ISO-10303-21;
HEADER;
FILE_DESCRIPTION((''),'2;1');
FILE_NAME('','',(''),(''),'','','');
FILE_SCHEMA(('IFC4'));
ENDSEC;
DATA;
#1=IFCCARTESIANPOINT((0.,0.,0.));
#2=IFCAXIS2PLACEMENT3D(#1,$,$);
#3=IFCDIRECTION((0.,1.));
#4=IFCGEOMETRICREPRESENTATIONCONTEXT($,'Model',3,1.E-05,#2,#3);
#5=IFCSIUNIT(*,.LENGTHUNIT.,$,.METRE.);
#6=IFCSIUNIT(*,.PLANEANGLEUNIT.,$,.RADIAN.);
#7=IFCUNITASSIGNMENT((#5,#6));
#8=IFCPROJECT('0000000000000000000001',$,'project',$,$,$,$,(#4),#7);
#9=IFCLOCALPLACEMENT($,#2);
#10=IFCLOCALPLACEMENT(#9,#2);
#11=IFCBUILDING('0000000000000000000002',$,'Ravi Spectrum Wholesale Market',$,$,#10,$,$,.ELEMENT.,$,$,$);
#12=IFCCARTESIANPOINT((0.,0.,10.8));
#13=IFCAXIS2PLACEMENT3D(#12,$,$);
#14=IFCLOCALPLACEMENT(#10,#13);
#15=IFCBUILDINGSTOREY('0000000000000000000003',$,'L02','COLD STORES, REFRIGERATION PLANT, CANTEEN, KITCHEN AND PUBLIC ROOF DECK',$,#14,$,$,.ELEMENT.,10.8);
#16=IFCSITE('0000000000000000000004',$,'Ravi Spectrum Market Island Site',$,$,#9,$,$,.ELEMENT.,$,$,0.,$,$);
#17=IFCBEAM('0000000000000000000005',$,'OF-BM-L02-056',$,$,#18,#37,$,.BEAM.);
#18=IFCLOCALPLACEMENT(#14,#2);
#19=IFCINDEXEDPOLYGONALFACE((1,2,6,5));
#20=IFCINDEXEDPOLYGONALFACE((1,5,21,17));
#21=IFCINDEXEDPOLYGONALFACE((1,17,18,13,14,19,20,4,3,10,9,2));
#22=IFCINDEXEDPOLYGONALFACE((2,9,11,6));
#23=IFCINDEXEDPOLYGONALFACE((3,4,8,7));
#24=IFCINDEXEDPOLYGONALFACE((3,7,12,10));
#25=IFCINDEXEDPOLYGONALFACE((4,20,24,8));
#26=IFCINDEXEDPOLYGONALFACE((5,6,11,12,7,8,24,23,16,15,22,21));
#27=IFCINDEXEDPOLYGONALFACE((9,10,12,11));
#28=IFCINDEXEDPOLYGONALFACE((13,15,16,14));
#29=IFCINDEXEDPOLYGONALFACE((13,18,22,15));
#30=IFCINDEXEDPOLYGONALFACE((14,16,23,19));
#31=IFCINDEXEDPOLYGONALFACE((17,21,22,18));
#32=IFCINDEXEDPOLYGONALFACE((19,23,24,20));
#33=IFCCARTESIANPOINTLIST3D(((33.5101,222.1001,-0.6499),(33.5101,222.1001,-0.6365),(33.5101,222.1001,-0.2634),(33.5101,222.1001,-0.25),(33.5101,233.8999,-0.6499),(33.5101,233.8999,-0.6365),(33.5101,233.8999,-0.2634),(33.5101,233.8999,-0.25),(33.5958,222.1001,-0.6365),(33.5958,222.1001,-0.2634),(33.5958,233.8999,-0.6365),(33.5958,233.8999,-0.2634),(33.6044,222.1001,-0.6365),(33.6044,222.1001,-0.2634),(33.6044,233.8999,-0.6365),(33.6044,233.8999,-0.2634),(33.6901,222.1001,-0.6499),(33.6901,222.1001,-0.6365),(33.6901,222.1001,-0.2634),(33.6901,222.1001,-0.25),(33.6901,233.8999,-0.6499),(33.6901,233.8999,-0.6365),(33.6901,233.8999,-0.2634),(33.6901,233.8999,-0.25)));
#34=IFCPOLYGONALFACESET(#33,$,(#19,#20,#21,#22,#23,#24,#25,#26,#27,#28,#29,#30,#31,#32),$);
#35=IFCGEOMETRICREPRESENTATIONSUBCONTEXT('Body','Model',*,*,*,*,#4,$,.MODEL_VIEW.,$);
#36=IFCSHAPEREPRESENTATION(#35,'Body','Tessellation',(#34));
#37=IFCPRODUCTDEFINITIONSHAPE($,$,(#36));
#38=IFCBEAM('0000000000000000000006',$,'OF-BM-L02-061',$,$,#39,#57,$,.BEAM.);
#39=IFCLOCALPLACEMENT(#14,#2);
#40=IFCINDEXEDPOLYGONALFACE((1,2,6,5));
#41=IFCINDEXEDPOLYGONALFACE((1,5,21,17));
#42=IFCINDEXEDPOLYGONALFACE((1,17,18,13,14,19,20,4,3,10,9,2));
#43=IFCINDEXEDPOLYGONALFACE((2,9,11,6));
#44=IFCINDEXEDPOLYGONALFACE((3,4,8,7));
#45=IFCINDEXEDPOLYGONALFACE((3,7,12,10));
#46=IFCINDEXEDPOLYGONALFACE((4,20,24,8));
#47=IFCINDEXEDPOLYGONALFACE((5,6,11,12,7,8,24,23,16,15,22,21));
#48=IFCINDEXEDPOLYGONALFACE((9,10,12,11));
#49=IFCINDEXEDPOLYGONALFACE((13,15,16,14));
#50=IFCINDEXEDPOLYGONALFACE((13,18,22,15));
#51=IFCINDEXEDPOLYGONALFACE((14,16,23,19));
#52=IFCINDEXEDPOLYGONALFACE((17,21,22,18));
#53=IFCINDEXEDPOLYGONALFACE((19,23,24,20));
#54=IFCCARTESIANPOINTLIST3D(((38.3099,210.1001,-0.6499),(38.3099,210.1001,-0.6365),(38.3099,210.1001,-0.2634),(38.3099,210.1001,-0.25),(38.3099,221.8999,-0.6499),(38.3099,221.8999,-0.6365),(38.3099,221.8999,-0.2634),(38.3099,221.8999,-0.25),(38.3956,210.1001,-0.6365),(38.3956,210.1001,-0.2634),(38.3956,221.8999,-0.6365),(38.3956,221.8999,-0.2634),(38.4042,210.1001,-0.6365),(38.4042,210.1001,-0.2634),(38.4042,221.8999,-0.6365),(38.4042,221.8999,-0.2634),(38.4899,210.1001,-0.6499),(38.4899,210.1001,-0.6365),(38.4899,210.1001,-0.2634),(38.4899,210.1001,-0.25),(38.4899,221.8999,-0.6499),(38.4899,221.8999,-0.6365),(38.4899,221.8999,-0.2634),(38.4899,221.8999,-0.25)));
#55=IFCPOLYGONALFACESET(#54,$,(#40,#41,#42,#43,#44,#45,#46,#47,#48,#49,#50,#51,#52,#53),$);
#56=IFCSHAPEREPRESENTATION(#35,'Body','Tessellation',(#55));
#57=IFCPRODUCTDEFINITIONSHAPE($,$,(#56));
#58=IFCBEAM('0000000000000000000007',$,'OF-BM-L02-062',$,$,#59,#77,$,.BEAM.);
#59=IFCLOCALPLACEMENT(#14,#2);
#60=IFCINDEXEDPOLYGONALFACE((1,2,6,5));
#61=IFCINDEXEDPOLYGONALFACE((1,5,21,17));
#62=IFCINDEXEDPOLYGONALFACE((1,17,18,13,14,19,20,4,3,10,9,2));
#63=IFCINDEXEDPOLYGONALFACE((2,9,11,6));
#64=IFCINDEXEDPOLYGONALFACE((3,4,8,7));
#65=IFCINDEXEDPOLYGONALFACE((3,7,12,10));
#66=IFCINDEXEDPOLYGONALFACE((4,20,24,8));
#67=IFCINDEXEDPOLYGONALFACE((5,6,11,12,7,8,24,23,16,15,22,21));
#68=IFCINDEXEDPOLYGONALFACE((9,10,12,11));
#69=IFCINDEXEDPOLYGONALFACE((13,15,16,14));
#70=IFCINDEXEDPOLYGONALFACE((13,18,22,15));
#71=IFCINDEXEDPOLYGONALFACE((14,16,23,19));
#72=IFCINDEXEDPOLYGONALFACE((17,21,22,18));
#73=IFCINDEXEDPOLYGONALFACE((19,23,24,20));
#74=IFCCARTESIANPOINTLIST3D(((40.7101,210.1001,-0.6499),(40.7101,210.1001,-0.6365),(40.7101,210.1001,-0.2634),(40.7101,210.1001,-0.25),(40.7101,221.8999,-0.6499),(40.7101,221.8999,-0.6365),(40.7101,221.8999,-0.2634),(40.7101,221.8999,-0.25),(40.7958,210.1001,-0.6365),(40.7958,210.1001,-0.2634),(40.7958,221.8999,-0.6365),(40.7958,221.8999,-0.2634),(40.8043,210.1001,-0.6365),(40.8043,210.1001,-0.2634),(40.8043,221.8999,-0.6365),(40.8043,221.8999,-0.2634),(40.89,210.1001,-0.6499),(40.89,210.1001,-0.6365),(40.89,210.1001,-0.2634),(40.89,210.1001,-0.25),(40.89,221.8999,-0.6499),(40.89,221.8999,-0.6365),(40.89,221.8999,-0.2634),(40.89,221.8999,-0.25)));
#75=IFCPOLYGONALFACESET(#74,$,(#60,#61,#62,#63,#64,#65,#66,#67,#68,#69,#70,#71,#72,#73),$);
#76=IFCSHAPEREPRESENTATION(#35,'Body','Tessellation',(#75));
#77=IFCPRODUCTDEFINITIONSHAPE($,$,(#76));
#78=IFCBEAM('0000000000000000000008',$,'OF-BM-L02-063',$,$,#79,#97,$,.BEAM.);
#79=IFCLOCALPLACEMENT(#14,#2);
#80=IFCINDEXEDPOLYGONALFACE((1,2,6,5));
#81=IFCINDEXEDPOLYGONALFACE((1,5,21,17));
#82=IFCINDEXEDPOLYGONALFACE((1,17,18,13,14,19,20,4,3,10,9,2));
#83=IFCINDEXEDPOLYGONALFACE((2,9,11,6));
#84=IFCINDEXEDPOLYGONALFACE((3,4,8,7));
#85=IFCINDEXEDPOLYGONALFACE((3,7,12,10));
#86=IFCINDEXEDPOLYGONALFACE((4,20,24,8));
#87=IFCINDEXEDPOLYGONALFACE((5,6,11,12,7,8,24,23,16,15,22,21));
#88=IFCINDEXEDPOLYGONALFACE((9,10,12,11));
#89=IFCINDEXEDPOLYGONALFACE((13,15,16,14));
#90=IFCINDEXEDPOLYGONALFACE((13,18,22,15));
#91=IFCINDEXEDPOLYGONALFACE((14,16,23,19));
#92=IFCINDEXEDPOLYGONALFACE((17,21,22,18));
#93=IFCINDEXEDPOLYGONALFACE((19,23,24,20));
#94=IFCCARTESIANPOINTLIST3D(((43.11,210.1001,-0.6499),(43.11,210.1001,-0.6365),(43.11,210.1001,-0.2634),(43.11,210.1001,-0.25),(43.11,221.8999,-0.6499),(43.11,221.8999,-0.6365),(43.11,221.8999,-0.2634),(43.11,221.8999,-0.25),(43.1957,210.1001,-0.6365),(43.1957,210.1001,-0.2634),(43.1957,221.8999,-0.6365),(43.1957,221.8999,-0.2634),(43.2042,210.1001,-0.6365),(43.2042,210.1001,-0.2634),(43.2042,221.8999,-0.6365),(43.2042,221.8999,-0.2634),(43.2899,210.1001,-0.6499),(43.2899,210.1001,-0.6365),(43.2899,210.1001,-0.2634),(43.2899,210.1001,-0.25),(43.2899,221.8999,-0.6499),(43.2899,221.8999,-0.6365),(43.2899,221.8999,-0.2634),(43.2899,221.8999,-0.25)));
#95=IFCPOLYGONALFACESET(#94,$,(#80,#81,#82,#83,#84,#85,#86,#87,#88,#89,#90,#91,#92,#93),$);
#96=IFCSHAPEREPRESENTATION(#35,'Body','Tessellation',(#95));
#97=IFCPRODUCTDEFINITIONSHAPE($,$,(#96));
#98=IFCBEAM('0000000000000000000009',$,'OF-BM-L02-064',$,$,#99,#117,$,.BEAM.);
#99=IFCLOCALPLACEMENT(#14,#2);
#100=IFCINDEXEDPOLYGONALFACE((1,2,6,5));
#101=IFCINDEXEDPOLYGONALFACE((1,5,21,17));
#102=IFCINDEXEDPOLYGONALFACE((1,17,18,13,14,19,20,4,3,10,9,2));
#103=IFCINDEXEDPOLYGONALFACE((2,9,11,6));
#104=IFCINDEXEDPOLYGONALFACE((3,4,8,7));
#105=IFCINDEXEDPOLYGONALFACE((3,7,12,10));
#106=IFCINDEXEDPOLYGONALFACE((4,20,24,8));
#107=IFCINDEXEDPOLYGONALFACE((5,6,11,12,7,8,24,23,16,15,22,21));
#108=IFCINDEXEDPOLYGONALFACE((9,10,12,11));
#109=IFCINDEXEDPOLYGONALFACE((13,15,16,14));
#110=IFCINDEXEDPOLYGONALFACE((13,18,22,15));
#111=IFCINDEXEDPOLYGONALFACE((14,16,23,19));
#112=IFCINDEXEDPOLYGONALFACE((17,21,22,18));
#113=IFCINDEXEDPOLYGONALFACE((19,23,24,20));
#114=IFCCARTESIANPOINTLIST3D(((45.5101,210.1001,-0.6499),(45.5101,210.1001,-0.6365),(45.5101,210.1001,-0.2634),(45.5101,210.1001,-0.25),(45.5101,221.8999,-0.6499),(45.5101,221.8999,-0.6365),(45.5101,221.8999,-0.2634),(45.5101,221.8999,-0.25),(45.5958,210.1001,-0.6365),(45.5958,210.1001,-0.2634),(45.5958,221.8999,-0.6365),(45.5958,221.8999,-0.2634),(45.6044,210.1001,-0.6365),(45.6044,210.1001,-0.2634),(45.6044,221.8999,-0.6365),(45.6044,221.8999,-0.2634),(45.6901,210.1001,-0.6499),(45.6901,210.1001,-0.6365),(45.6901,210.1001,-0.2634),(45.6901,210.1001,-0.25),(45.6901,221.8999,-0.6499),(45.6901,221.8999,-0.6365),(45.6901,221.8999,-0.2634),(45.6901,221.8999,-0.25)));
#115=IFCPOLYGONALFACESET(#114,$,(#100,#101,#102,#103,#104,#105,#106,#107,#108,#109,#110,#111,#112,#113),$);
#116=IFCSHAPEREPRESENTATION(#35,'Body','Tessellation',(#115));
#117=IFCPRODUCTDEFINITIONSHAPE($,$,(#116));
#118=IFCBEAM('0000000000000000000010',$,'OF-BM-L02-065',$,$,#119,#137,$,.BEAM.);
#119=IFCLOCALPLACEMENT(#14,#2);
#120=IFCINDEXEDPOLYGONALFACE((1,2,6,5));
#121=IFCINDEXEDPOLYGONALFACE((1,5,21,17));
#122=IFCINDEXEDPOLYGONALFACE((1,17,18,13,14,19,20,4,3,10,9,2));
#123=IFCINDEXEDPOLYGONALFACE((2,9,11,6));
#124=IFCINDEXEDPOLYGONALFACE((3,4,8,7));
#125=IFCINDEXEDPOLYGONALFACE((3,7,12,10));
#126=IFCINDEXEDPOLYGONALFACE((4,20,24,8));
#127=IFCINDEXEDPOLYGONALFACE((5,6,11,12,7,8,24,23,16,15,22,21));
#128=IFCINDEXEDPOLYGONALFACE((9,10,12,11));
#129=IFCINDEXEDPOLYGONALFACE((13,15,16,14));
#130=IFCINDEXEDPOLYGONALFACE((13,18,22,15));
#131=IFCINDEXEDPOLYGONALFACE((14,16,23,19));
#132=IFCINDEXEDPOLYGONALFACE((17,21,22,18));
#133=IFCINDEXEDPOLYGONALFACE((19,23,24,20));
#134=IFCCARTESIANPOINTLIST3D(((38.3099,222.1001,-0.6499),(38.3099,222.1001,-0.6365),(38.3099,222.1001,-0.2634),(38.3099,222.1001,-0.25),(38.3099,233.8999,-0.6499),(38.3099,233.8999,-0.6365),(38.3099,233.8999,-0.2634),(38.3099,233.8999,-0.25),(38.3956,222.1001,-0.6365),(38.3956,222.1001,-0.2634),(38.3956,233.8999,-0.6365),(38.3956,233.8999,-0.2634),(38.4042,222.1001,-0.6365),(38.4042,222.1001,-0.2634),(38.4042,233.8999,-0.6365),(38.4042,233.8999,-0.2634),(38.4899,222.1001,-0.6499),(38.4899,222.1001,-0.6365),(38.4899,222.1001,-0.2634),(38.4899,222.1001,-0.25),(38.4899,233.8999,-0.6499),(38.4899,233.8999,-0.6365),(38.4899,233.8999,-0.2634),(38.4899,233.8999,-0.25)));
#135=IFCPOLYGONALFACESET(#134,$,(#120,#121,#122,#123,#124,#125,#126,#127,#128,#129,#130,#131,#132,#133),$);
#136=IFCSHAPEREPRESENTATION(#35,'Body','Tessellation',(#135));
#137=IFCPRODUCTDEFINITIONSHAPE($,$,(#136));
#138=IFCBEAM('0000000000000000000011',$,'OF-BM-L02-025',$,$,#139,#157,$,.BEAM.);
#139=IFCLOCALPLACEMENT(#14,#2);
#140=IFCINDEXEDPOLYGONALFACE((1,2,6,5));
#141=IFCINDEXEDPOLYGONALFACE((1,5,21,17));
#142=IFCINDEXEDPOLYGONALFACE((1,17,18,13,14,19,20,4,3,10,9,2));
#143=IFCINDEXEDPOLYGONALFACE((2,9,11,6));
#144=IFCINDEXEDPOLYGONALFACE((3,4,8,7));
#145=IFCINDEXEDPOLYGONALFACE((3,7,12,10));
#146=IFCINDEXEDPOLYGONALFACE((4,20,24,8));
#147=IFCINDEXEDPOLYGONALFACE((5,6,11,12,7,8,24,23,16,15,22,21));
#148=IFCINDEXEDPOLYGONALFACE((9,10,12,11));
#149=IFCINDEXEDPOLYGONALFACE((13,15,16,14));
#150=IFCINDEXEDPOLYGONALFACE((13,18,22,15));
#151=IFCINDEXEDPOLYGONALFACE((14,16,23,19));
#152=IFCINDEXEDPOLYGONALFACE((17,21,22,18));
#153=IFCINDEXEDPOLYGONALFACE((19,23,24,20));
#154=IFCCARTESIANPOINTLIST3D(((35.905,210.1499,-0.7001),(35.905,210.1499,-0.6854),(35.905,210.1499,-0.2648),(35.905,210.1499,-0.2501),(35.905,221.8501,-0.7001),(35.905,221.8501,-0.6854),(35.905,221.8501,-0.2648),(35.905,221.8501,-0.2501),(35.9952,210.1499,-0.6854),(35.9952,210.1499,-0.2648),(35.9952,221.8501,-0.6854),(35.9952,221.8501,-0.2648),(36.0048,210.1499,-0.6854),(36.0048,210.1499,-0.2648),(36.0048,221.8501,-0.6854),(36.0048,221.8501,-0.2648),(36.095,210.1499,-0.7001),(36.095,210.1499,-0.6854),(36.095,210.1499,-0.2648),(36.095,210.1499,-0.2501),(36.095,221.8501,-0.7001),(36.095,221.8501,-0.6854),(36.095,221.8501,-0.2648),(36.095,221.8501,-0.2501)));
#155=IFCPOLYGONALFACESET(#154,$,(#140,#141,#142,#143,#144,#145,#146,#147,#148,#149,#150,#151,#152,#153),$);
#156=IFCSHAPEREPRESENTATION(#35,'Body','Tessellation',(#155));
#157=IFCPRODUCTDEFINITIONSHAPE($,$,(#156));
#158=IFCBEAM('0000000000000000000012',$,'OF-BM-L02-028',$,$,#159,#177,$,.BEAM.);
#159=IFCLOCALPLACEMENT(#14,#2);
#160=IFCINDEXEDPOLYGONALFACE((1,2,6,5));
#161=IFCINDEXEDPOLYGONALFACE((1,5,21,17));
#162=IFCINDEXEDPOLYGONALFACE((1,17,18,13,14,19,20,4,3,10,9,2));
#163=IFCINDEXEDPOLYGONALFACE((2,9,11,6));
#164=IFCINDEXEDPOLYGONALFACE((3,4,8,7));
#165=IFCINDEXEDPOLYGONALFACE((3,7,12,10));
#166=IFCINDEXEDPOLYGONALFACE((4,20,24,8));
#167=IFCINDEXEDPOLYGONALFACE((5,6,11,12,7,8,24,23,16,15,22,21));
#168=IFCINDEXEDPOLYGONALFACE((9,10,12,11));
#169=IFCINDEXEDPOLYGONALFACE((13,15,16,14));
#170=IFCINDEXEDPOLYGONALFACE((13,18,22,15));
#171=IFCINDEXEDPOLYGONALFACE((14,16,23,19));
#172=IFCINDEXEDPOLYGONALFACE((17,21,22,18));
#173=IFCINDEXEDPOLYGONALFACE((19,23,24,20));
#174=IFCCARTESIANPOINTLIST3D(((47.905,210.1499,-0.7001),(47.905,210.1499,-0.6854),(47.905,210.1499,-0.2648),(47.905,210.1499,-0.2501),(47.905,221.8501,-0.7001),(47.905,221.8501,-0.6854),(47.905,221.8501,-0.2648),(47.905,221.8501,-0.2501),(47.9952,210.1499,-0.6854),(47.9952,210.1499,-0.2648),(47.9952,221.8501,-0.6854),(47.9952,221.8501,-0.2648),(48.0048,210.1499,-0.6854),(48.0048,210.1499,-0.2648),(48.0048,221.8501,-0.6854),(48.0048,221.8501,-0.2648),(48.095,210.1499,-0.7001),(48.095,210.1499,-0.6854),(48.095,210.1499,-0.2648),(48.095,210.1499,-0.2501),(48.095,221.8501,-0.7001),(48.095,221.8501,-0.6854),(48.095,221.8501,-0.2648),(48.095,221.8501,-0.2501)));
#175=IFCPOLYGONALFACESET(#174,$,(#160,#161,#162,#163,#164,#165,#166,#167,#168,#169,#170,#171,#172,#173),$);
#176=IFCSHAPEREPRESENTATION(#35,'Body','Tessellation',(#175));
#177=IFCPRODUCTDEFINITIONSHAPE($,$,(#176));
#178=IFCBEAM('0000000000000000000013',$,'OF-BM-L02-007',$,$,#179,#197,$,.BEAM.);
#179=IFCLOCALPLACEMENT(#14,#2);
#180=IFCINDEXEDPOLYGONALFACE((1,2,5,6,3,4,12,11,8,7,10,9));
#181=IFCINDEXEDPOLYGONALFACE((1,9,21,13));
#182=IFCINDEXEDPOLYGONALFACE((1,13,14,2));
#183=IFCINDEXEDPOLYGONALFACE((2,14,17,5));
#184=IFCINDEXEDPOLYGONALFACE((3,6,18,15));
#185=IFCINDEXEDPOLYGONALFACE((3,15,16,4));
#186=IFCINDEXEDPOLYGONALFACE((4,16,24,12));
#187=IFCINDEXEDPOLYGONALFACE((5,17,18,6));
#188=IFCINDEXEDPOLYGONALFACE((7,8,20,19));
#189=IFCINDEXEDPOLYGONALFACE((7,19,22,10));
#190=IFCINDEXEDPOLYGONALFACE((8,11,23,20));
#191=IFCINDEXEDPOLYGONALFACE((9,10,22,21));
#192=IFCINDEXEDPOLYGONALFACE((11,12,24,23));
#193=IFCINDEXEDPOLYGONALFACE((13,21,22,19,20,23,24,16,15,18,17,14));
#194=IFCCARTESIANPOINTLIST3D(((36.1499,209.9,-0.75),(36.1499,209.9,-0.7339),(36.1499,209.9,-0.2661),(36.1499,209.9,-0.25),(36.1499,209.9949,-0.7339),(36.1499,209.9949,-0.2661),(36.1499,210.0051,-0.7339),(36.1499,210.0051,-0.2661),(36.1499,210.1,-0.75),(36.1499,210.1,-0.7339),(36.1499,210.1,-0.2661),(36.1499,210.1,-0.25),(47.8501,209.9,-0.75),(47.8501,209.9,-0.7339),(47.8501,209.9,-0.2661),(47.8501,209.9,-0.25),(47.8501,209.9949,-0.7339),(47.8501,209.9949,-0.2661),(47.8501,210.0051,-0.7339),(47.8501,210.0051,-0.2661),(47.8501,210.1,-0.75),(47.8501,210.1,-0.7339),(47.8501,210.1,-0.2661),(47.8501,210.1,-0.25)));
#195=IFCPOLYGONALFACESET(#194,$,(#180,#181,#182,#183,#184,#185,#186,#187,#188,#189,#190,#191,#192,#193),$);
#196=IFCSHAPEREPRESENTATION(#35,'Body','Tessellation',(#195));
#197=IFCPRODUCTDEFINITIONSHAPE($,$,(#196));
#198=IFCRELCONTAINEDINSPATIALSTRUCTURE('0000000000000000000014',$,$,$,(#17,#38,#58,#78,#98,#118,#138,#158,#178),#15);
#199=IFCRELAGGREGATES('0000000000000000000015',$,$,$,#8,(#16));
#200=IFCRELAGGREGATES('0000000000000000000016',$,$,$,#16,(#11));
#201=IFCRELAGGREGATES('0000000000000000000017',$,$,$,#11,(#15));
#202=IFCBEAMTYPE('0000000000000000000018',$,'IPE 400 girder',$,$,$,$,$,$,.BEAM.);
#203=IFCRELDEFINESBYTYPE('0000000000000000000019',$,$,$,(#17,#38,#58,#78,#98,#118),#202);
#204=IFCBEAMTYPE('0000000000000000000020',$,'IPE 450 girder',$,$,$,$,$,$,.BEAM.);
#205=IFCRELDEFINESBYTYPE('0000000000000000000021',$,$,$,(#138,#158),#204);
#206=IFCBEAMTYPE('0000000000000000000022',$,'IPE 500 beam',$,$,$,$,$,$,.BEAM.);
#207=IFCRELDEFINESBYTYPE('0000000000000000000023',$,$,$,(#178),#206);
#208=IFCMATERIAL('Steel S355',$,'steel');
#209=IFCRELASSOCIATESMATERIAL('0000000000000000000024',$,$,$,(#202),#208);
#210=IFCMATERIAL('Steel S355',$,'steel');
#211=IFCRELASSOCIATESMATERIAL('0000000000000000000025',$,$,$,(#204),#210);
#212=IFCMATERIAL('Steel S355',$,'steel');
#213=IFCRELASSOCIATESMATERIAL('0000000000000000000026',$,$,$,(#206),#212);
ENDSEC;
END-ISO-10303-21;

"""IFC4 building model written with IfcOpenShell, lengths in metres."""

from ifc_helpers import new_model, si_unit, direction, frame, origin, origin_2d, place, context, subcontext, project, spatial, i_section, extrude, material, material_profile, profile_set, type_object, element, save


model = new_model("IFC4")

# Units and contexts
model_context = context("Model", 3, precision=1e-05, world=origin(), true_north=direction((0.0, 1.0)))
body_context = subcontext(model_context, "Body", "Model", "MODEL_VIEW")
ifc_project = project(units=[si_unit("LENGTHUNIT", "METRE"), si_unit("PLANEANGLEUNIT", "RADIAN")], contexts=[model_context])

# Site, building, storey
site_placement = place(None, origin())
site = spatial("IfcSite", under=ifc_project, at=site_placement, Name="Ravi Spectrum Market Island Site", CompositionType="ELEMENT", RefElevation=0.0)
building_placement = place(site_placement, origin())
building = spatial("IfcBuilding", under=site, at=building_placement, Name="Ravi Spectrum Wholesale Market", CompositionType="ELEMENT")
storey_placement = place(building_placement, frame((0.0, 0.0, 10.8)))
storey = spatial("IfcBuildingStorey", under=building, at=storey_placement, Name="L02", Description="COLD STORES, REFRIGERATION PLANT, CANTEEN, KITCHEN AND PUBLIC ROOF DECK", CompositionType="ELEMENT", Elevation=10.8)

# Beams
ifc_material_1 = material(Name="Steel S355", Category="steel")
ifc_material_profile_1 = material_profile(ifc_material_1, i_section(OverallWidth=0.1799, OverallDepth=0.3999, WebThickness=0.0085, FlangeThickness=0.0134, at=origin_2d()))
ifc_profile_set_1 = profile_set([ifc_material_profile_1], Name="Steel S355")
beam_type_1 = type_object("IfcBeamType", Name="IPE 400 girder", PredefinedType="BEAM", material=ifc_profile_set_1)
for number, where, z_axis, x_axis, name in (
    (1, (33.6001, 222.1001, -0.45), (0.0, 1.0, 0.0), (-1.0, 0.0, 0.0), "OF-BM-L02-056"),
    (2, (38.3999, 210.1001, -0.45), (0.0, 1.0, 0.0), (-1.0, 0.0, 0.0), "OF-BM-L02-061"),
    (3, (40.8, 210.1001, -0.45), (0.0, 1.0, 0.0), (-1.0, 0.0, 0.0), "OF-BM-L02-062"),
    (4, (43.2, 210.1001, -0.45), (0.0, 1.0, 0.0), (-1.0, 0.0, 0.0), "OF-BM-L02-063"),
    (5, (45.6001, 210.1001, -0.45), (0.0, 1.0, 0.0), (-1.0, 0.0, 0.0), "OF-BM-L02-064"),
    (6, (38.3999, 222.1001, -0.45), (0.0, 1.0, 0.0), (-1.0, 0.0, 0.0), "OF-BM-L02-065"),
):
    element("IfcBeam", number, at=place(storey_placement, frame(where, z_axis=z_axis, x_axis=x_axis)), inside=storey, type_object=beam_type_1, Name=name, PredefinedType="BEAM", context=body_context, shape_type="SweptSolid", body=[
        extrude(i_section(OverallWidth=0.1799, OverallDepth=0.3999, WebThickness=0.0085, FlangeThickness=0.0134, at=origin_2d()), origin(), (0.0, 0.0, 1.0), 11.7998),
    ])
ifc_material_2 = material(Name="Steel S355", Category="steel")
ifc_material_profile_2 = material_profile(ifc_material_2, i_section(OverallWidth=0.1899, OverallDepth=0.45, WebThickness=0.0095, FlangeThickness=0.0146, at=origin_2d()))
ifc_profile_set_2 = profile_set([ifc_material_profile_2], Name="Steel S355")
beam_type_2 = type_object("IfcBeamType", Name="IPE 450 girder", PredefinedType="BEAM", material=ifc_profile_set_2)
for number, where, z_axis, x_axis, name in (
    (7, (36.0, 210.1499, -0.4751), (0.0, 1.0, 0.0), (-1.0, 0.0, 0.0), "OF-BM-L02-025"),
    (8, (48.0, 210.1499, -0.4751), (0.0, 1.0, 0.0), (-1.0, 0.0, 0.0), "OF-BM-L02-028"),
):
    element("IfcBeam", number, at=place(storey_placement, frame(where, z_axis=z_axis, x_axis=x_axis)), inside=storey, type_object=beam_type_2, Name=name, PredefinedType="BEAM", context=body_context, shape_type="SweptSolid", body=[
        extrude(i_section(OverallWidth=0.1899, OverallDepth=0.45, WebThickness=0.0095, FlangeThickness=0.0146, at=origin_2d()), origin(), (0.0, 0.0, 1.0), 11.7002),
    ])
ifc_material_3 = material(Name="Steel S355", Category="steel")
ifc_material_profile_3 = material_profile(ifc_material_3, i_section(OverallWidth=0.2, OverallDepth=0.5, WebThickness=0.0103, FlangeThickness=0.0161, at=origin_2d()))
ifc_profile_set_3 = profile_set([ifc_material_profile_3], Name="Steel S355")
beam_type_3 = type_object("IfcBeamType", Name="IPE 500 beam", PredefinedType="BEAM", material=ifc_profile_set_3)
for number, where, z_axis, x_axis, name in (
    (9, (36.1499, 210.0, -0.5), (1.0, 0.0, 0.0), (0.0, 1.0, 0.0), "OF-BM-L02-007"),
):
    element("IfcBeam", number, at=place(storey_placement, frame(where, z_axis=z_axis, x_axis=x_axis)), inside=storey, type_object=beam_type_3, Name=name, PredefinedType="BEAM", context=body_context, shape_type="SweptSolid", body=[
        extrude(i_section(OverallWidth=0.2, OverallDepth=0.5, WebThickness=0.0103, FlangeThickness=0.0161, at=origin_2d()), origin(), (0.0, 0.0, 1.0), 11.7002),
    ])

save(model, "model.ifc")
